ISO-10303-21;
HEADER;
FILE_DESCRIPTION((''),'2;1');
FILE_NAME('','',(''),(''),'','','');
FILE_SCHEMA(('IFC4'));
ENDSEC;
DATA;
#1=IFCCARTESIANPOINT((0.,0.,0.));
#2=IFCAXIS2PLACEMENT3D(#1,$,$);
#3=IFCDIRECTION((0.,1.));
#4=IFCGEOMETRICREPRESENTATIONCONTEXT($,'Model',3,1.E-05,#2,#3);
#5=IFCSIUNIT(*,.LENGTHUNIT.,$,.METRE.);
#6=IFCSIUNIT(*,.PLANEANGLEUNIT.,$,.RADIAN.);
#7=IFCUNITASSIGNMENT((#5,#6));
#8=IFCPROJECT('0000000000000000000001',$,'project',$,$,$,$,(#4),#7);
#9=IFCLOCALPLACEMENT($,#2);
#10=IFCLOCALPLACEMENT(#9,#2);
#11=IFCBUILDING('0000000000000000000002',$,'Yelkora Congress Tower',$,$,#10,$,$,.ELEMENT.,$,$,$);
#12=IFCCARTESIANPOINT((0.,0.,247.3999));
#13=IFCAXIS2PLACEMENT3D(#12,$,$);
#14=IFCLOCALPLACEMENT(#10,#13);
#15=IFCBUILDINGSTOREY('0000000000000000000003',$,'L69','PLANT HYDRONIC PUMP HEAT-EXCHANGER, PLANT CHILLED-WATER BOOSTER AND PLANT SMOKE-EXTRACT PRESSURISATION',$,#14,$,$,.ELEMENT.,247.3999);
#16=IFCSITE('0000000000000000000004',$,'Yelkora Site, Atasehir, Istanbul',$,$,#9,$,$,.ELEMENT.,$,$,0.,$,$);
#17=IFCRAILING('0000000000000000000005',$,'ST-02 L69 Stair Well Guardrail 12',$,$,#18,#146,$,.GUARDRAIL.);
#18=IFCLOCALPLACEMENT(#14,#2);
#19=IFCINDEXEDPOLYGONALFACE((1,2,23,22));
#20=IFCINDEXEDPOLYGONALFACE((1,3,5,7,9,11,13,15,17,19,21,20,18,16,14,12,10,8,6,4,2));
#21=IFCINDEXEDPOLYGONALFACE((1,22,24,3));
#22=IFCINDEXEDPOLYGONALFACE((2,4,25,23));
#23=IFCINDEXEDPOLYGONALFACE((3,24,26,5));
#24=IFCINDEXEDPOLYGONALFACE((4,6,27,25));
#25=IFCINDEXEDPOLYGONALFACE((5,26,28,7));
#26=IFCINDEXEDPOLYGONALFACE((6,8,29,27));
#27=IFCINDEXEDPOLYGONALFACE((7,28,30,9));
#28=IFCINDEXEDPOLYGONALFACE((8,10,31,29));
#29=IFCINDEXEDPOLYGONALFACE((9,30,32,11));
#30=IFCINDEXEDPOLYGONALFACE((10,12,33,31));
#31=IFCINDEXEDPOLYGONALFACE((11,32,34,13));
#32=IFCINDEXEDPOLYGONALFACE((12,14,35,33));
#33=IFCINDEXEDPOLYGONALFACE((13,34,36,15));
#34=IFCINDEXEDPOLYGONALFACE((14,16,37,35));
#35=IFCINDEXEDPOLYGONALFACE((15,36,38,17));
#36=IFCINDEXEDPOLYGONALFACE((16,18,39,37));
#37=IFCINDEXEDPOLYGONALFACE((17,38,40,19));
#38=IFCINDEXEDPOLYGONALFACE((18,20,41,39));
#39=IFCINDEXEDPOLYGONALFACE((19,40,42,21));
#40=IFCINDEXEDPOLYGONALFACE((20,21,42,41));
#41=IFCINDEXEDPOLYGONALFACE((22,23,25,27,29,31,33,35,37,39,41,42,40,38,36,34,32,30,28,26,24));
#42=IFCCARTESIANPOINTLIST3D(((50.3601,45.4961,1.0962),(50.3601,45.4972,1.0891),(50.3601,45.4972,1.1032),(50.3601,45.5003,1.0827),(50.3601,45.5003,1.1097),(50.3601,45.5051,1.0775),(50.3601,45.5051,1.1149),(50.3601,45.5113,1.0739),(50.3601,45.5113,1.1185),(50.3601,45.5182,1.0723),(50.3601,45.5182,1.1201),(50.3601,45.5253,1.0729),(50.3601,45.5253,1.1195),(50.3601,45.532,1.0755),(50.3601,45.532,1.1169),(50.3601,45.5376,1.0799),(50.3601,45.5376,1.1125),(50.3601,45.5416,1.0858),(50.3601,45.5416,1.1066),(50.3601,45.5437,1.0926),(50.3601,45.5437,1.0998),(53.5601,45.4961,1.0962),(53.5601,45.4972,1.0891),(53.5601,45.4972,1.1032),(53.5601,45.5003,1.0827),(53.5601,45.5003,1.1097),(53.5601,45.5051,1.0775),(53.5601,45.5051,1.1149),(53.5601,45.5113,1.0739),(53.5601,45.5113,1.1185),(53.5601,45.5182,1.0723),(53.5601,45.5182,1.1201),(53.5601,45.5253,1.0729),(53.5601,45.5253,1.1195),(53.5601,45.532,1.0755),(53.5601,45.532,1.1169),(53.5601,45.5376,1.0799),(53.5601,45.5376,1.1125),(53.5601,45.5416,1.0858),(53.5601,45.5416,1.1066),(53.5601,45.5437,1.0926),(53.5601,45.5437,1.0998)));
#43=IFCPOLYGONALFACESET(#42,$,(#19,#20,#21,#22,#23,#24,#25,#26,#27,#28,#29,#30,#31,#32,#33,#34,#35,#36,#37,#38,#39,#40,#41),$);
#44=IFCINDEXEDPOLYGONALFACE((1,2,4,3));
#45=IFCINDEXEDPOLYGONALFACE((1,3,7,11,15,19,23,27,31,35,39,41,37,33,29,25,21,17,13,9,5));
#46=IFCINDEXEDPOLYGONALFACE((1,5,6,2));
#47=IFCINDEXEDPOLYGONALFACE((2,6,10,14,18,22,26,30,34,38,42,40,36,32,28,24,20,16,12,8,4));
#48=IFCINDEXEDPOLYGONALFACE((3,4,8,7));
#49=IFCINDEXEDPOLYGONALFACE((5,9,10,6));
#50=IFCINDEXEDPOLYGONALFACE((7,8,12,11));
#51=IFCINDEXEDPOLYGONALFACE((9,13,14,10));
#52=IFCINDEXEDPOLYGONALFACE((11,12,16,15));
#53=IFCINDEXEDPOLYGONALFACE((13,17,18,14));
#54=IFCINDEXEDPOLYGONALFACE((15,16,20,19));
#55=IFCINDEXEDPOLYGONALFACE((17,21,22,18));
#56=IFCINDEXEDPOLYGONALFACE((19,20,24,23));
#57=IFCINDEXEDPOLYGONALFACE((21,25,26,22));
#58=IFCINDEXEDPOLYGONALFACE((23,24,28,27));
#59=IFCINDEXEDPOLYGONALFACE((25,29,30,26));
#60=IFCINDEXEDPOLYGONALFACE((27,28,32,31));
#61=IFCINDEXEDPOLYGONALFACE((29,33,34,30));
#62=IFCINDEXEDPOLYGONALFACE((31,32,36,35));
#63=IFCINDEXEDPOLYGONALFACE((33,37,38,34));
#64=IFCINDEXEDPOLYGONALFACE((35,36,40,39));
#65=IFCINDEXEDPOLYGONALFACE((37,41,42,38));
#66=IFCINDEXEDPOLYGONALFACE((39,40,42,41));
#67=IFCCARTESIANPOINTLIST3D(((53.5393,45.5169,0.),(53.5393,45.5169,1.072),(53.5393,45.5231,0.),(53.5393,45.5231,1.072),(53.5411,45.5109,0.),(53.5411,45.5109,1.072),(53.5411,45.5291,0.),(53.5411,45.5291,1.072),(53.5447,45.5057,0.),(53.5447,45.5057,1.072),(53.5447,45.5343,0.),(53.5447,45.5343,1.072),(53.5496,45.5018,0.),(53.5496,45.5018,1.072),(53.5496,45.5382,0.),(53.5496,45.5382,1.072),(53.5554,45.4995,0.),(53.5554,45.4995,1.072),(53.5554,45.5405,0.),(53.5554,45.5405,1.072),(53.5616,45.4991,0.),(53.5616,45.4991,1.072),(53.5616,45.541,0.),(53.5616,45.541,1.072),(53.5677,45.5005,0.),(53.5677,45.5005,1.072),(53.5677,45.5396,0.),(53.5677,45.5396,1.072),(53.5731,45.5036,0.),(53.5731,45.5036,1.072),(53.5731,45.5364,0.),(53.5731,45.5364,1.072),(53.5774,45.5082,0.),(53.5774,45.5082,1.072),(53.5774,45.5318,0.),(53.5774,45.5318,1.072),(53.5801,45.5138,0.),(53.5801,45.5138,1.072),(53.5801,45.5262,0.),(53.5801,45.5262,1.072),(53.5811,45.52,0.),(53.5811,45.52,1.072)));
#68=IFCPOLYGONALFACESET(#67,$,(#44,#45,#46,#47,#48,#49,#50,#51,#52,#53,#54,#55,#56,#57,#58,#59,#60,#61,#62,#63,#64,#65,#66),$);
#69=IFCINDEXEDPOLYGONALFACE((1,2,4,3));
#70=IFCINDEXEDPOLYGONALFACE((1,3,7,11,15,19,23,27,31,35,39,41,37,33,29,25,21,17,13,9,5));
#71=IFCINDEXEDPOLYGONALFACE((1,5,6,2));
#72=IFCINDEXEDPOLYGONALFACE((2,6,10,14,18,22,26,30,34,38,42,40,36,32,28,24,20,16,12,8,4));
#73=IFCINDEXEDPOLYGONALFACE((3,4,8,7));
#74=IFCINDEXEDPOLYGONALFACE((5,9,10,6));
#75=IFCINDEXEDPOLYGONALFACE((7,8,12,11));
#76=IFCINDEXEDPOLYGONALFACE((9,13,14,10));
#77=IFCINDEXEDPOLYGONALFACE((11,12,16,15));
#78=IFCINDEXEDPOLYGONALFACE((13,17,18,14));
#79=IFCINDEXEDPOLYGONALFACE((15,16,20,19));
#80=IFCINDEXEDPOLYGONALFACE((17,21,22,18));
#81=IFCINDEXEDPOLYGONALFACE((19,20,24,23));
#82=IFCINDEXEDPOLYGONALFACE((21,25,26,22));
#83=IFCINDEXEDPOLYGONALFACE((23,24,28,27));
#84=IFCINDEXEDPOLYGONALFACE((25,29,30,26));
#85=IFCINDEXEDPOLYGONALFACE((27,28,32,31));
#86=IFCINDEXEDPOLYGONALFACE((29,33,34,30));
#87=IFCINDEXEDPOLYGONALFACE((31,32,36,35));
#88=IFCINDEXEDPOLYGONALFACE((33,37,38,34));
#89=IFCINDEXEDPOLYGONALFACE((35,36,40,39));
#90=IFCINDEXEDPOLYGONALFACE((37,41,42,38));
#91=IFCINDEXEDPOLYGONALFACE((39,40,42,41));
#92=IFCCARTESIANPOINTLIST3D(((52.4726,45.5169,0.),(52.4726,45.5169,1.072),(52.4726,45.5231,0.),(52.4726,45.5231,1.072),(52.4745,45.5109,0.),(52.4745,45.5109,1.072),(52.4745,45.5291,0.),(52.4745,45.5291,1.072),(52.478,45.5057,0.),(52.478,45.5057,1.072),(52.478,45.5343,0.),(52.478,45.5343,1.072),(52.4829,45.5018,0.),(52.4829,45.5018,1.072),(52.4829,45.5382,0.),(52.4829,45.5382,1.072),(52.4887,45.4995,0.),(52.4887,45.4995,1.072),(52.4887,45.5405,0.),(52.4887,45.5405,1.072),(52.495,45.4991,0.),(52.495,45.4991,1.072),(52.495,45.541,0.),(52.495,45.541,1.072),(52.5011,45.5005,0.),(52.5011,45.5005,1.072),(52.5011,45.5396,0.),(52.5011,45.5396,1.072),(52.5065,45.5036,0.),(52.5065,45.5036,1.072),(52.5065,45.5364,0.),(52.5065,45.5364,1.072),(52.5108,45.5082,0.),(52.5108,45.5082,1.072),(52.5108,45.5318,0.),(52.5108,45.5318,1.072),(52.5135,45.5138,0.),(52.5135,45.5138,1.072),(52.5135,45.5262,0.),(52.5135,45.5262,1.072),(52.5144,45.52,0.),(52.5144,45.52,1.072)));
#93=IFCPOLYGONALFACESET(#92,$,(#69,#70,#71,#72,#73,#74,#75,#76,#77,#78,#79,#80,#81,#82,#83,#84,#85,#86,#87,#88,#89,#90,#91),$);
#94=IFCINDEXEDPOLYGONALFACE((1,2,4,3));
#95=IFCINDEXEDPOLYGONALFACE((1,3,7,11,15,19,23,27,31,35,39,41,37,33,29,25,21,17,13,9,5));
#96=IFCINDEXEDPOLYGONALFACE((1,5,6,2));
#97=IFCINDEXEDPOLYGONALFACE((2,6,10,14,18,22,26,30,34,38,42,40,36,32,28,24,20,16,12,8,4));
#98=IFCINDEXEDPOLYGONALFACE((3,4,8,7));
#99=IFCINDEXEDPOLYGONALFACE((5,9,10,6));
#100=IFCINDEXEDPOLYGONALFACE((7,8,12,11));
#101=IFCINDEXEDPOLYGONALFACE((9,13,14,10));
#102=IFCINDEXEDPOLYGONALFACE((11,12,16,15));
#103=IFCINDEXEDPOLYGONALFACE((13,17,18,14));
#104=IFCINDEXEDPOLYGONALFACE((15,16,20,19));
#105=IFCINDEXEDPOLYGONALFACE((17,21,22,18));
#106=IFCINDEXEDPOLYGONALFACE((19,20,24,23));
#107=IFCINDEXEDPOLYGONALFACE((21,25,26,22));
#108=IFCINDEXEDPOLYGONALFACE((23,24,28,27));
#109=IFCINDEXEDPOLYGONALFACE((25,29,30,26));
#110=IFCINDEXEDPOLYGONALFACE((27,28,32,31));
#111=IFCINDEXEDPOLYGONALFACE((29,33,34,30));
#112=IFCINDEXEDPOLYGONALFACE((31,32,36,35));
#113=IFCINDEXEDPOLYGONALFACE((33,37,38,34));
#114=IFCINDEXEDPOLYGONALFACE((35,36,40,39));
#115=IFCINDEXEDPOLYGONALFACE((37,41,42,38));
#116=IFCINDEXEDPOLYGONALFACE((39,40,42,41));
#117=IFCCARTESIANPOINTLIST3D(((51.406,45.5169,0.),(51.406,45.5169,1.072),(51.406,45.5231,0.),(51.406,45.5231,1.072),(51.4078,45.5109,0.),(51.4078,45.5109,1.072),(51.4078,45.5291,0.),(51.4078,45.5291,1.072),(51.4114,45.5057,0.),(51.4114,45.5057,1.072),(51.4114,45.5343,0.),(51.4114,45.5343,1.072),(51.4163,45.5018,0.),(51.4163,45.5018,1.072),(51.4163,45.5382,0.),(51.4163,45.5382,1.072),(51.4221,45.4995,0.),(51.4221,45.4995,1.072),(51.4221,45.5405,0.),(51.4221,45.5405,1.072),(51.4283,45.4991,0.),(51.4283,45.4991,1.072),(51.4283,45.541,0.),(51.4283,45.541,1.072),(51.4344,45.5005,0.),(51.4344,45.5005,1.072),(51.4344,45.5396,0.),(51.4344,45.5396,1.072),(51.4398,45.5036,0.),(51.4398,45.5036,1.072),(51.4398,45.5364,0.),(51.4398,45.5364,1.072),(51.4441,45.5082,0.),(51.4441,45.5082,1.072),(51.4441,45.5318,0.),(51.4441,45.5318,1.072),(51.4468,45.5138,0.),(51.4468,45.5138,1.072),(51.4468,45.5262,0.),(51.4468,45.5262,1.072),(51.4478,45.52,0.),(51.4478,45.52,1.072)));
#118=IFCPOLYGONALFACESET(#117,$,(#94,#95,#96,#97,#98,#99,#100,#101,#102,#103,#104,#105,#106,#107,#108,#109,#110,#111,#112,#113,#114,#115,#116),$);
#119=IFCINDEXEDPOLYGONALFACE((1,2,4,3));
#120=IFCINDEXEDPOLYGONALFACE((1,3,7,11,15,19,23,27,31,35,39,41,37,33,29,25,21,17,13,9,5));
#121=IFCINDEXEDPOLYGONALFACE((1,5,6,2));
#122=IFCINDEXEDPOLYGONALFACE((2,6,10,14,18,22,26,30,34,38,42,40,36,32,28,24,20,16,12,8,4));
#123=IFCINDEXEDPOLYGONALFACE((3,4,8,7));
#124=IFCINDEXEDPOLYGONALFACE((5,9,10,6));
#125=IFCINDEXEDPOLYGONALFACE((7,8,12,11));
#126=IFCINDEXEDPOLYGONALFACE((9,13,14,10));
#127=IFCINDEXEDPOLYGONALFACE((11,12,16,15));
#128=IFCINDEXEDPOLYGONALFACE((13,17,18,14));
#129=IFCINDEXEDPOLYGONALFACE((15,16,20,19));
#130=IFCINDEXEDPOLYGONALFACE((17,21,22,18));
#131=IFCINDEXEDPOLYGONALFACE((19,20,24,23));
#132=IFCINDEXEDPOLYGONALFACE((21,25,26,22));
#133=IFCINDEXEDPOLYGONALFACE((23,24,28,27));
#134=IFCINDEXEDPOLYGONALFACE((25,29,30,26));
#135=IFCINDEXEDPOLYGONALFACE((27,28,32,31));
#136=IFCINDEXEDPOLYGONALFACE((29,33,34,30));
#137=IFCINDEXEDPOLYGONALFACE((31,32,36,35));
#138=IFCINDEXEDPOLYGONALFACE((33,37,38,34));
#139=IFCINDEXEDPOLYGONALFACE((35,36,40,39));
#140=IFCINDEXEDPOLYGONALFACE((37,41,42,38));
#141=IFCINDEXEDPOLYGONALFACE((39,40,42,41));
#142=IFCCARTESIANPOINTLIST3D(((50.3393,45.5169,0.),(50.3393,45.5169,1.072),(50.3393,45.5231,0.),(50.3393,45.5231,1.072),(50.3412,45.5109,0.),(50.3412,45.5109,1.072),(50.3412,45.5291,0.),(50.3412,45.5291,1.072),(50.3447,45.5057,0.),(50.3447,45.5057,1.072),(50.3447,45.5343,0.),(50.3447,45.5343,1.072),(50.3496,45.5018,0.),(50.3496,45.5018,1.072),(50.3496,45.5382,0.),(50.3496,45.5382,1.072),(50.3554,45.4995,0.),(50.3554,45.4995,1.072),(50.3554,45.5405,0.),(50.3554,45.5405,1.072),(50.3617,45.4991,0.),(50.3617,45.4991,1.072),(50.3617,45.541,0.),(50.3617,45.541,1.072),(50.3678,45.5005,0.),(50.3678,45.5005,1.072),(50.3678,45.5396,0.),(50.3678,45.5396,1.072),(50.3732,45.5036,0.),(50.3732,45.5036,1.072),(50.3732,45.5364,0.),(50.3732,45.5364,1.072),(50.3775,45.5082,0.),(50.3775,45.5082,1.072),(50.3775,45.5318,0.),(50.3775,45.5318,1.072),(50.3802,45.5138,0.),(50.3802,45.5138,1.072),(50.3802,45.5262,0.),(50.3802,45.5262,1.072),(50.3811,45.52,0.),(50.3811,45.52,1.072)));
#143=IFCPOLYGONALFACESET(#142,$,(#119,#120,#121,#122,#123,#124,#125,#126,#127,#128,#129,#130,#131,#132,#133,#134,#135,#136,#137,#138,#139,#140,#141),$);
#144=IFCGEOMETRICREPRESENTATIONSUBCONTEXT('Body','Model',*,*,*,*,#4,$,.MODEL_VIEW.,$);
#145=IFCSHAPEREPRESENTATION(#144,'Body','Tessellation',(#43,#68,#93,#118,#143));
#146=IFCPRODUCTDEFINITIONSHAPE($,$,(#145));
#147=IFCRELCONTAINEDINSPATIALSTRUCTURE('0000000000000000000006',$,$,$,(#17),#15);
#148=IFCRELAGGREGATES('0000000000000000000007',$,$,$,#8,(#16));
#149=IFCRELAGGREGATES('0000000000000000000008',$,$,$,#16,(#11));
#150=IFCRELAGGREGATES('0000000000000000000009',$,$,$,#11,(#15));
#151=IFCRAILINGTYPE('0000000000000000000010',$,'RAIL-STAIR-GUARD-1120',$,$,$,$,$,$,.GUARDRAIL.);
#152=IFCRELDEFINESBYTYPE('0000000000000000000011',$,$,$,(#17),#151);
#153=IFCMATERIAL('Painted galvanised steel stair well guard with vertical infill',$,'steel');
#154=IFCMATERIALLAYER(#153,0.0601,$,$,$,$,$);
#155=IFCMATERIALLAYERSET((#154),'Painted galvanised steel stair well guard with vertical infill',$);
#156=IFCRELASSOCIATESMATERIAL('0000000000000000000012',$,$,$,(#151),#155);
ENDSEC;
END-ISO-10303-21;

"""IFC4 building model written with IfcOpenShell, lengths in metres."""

from ifc_helpers import new_model, si_unit, direction, frame, origin, origin_2d, place, context, subcontext, project, spatial, circle, extrude, material, layer, layer_set, type_object, element, save


model = new_model("IFC4")

# Units and contexts
model_context = context("Model", 3, precision=1e-05, world=origin(), true_north=direction((0.0, 1.0)))
body_context = subcontext(model_context, "Body", "Model", "MODEL_VIEW")
ifc_project = project(units=[si_unit("LENGTHUNIT", "METRE"), si_unit("PLANEANGLEUNIT", "RADIAN")], contexts=[model_context])

# Site, building, storey
site_placement = place(None, origin())
site = spatial("IfcSite", under=ifc_project, at=site_placement, Name="Yelkora Site, Atasehir, Istanbul", CompositionType="ELEMENT", RefElevation=0.0)
building_placement = place(site_placement, origin())
building = spatial("IfcBuilding", under=site, at=building_placement, Name="Yelkora Congress Tower", CompositionType="ELEMENT")
storey_placement = place(building_placement, frame((0.0, 0.0, 247.3999)))
storey = spatial("IfcBuildingStorey", under=building, at=storey_placement, Name="L69", Description="PLANT HYDRONIC PUMP HEAT-EXCHANGER, PLANT CHILLED-WATER BOOSTER AND PLANT SMOKE-EXTRACT PRESSURISATION", CompositionType="ELEMENT", Elevation=247.3999)

# Railing
ifc_material_1 = material(Name="Painted galvanised steel stair well guard with vertical infill", Category="steel")
ifc_layer_1 = layer(ifc_material_1, 0.0601)
ifc_layer_set_1 = layer_set([ifc_layer_1], Name="Painted galvanised steel stair well guard with vertical infill")
railing_type_1 = type_object("IfcRailingType", Name="RAIL-STAIR-GUARD-1120", PredefinedType="GUARDRAIL", material=ifc_layer_set_1)
railing_1_placement = place(storey_placement, frame((53.5601, 45.52, 0.0)))
element("IfcRailing", 1, at=railing_1_placement, inside=storey, type_object=railing_type_1, Name="ST-02 L69 Stair Well Guardrail 12", PredefinedType="GUARDRAIL", context=body_context, shape_type="SweptSolid", body=[
    extrude(circle(Radius=0.0239, at=origin_2d()), frame((0.0, 0.0, 1.0962), z_axis=(-1.0, 0.0, 0.0), x_axis=(0.0, -1.0, 0.0)), (0.0, 0.0, 1.0), 3.2),
    extrude(circle(Radius=0.021, at=origin_2d()), origin(), (0.0, 0.0, 1.0), 1.072),
    extrude(circle(Radius=0.021, at=origin_2d()), frame((-1.0667, 0.0, 0.0)), (0.0, 0.0, 1.0), 1.072),
    extrude(circle(Radius=0.021, at=origin_2d()), frame((-2.1333, 0.0, 0.0)), (0.0, 0.0, 1.0), 1.072),
    extrude(circle(Radius=0.021, at=origin_2d()), frame((-3.2, 0.0, 0.0)), (0.0, 0.0, 1.0), 1.072),
])

save(model, "model.ifc")
